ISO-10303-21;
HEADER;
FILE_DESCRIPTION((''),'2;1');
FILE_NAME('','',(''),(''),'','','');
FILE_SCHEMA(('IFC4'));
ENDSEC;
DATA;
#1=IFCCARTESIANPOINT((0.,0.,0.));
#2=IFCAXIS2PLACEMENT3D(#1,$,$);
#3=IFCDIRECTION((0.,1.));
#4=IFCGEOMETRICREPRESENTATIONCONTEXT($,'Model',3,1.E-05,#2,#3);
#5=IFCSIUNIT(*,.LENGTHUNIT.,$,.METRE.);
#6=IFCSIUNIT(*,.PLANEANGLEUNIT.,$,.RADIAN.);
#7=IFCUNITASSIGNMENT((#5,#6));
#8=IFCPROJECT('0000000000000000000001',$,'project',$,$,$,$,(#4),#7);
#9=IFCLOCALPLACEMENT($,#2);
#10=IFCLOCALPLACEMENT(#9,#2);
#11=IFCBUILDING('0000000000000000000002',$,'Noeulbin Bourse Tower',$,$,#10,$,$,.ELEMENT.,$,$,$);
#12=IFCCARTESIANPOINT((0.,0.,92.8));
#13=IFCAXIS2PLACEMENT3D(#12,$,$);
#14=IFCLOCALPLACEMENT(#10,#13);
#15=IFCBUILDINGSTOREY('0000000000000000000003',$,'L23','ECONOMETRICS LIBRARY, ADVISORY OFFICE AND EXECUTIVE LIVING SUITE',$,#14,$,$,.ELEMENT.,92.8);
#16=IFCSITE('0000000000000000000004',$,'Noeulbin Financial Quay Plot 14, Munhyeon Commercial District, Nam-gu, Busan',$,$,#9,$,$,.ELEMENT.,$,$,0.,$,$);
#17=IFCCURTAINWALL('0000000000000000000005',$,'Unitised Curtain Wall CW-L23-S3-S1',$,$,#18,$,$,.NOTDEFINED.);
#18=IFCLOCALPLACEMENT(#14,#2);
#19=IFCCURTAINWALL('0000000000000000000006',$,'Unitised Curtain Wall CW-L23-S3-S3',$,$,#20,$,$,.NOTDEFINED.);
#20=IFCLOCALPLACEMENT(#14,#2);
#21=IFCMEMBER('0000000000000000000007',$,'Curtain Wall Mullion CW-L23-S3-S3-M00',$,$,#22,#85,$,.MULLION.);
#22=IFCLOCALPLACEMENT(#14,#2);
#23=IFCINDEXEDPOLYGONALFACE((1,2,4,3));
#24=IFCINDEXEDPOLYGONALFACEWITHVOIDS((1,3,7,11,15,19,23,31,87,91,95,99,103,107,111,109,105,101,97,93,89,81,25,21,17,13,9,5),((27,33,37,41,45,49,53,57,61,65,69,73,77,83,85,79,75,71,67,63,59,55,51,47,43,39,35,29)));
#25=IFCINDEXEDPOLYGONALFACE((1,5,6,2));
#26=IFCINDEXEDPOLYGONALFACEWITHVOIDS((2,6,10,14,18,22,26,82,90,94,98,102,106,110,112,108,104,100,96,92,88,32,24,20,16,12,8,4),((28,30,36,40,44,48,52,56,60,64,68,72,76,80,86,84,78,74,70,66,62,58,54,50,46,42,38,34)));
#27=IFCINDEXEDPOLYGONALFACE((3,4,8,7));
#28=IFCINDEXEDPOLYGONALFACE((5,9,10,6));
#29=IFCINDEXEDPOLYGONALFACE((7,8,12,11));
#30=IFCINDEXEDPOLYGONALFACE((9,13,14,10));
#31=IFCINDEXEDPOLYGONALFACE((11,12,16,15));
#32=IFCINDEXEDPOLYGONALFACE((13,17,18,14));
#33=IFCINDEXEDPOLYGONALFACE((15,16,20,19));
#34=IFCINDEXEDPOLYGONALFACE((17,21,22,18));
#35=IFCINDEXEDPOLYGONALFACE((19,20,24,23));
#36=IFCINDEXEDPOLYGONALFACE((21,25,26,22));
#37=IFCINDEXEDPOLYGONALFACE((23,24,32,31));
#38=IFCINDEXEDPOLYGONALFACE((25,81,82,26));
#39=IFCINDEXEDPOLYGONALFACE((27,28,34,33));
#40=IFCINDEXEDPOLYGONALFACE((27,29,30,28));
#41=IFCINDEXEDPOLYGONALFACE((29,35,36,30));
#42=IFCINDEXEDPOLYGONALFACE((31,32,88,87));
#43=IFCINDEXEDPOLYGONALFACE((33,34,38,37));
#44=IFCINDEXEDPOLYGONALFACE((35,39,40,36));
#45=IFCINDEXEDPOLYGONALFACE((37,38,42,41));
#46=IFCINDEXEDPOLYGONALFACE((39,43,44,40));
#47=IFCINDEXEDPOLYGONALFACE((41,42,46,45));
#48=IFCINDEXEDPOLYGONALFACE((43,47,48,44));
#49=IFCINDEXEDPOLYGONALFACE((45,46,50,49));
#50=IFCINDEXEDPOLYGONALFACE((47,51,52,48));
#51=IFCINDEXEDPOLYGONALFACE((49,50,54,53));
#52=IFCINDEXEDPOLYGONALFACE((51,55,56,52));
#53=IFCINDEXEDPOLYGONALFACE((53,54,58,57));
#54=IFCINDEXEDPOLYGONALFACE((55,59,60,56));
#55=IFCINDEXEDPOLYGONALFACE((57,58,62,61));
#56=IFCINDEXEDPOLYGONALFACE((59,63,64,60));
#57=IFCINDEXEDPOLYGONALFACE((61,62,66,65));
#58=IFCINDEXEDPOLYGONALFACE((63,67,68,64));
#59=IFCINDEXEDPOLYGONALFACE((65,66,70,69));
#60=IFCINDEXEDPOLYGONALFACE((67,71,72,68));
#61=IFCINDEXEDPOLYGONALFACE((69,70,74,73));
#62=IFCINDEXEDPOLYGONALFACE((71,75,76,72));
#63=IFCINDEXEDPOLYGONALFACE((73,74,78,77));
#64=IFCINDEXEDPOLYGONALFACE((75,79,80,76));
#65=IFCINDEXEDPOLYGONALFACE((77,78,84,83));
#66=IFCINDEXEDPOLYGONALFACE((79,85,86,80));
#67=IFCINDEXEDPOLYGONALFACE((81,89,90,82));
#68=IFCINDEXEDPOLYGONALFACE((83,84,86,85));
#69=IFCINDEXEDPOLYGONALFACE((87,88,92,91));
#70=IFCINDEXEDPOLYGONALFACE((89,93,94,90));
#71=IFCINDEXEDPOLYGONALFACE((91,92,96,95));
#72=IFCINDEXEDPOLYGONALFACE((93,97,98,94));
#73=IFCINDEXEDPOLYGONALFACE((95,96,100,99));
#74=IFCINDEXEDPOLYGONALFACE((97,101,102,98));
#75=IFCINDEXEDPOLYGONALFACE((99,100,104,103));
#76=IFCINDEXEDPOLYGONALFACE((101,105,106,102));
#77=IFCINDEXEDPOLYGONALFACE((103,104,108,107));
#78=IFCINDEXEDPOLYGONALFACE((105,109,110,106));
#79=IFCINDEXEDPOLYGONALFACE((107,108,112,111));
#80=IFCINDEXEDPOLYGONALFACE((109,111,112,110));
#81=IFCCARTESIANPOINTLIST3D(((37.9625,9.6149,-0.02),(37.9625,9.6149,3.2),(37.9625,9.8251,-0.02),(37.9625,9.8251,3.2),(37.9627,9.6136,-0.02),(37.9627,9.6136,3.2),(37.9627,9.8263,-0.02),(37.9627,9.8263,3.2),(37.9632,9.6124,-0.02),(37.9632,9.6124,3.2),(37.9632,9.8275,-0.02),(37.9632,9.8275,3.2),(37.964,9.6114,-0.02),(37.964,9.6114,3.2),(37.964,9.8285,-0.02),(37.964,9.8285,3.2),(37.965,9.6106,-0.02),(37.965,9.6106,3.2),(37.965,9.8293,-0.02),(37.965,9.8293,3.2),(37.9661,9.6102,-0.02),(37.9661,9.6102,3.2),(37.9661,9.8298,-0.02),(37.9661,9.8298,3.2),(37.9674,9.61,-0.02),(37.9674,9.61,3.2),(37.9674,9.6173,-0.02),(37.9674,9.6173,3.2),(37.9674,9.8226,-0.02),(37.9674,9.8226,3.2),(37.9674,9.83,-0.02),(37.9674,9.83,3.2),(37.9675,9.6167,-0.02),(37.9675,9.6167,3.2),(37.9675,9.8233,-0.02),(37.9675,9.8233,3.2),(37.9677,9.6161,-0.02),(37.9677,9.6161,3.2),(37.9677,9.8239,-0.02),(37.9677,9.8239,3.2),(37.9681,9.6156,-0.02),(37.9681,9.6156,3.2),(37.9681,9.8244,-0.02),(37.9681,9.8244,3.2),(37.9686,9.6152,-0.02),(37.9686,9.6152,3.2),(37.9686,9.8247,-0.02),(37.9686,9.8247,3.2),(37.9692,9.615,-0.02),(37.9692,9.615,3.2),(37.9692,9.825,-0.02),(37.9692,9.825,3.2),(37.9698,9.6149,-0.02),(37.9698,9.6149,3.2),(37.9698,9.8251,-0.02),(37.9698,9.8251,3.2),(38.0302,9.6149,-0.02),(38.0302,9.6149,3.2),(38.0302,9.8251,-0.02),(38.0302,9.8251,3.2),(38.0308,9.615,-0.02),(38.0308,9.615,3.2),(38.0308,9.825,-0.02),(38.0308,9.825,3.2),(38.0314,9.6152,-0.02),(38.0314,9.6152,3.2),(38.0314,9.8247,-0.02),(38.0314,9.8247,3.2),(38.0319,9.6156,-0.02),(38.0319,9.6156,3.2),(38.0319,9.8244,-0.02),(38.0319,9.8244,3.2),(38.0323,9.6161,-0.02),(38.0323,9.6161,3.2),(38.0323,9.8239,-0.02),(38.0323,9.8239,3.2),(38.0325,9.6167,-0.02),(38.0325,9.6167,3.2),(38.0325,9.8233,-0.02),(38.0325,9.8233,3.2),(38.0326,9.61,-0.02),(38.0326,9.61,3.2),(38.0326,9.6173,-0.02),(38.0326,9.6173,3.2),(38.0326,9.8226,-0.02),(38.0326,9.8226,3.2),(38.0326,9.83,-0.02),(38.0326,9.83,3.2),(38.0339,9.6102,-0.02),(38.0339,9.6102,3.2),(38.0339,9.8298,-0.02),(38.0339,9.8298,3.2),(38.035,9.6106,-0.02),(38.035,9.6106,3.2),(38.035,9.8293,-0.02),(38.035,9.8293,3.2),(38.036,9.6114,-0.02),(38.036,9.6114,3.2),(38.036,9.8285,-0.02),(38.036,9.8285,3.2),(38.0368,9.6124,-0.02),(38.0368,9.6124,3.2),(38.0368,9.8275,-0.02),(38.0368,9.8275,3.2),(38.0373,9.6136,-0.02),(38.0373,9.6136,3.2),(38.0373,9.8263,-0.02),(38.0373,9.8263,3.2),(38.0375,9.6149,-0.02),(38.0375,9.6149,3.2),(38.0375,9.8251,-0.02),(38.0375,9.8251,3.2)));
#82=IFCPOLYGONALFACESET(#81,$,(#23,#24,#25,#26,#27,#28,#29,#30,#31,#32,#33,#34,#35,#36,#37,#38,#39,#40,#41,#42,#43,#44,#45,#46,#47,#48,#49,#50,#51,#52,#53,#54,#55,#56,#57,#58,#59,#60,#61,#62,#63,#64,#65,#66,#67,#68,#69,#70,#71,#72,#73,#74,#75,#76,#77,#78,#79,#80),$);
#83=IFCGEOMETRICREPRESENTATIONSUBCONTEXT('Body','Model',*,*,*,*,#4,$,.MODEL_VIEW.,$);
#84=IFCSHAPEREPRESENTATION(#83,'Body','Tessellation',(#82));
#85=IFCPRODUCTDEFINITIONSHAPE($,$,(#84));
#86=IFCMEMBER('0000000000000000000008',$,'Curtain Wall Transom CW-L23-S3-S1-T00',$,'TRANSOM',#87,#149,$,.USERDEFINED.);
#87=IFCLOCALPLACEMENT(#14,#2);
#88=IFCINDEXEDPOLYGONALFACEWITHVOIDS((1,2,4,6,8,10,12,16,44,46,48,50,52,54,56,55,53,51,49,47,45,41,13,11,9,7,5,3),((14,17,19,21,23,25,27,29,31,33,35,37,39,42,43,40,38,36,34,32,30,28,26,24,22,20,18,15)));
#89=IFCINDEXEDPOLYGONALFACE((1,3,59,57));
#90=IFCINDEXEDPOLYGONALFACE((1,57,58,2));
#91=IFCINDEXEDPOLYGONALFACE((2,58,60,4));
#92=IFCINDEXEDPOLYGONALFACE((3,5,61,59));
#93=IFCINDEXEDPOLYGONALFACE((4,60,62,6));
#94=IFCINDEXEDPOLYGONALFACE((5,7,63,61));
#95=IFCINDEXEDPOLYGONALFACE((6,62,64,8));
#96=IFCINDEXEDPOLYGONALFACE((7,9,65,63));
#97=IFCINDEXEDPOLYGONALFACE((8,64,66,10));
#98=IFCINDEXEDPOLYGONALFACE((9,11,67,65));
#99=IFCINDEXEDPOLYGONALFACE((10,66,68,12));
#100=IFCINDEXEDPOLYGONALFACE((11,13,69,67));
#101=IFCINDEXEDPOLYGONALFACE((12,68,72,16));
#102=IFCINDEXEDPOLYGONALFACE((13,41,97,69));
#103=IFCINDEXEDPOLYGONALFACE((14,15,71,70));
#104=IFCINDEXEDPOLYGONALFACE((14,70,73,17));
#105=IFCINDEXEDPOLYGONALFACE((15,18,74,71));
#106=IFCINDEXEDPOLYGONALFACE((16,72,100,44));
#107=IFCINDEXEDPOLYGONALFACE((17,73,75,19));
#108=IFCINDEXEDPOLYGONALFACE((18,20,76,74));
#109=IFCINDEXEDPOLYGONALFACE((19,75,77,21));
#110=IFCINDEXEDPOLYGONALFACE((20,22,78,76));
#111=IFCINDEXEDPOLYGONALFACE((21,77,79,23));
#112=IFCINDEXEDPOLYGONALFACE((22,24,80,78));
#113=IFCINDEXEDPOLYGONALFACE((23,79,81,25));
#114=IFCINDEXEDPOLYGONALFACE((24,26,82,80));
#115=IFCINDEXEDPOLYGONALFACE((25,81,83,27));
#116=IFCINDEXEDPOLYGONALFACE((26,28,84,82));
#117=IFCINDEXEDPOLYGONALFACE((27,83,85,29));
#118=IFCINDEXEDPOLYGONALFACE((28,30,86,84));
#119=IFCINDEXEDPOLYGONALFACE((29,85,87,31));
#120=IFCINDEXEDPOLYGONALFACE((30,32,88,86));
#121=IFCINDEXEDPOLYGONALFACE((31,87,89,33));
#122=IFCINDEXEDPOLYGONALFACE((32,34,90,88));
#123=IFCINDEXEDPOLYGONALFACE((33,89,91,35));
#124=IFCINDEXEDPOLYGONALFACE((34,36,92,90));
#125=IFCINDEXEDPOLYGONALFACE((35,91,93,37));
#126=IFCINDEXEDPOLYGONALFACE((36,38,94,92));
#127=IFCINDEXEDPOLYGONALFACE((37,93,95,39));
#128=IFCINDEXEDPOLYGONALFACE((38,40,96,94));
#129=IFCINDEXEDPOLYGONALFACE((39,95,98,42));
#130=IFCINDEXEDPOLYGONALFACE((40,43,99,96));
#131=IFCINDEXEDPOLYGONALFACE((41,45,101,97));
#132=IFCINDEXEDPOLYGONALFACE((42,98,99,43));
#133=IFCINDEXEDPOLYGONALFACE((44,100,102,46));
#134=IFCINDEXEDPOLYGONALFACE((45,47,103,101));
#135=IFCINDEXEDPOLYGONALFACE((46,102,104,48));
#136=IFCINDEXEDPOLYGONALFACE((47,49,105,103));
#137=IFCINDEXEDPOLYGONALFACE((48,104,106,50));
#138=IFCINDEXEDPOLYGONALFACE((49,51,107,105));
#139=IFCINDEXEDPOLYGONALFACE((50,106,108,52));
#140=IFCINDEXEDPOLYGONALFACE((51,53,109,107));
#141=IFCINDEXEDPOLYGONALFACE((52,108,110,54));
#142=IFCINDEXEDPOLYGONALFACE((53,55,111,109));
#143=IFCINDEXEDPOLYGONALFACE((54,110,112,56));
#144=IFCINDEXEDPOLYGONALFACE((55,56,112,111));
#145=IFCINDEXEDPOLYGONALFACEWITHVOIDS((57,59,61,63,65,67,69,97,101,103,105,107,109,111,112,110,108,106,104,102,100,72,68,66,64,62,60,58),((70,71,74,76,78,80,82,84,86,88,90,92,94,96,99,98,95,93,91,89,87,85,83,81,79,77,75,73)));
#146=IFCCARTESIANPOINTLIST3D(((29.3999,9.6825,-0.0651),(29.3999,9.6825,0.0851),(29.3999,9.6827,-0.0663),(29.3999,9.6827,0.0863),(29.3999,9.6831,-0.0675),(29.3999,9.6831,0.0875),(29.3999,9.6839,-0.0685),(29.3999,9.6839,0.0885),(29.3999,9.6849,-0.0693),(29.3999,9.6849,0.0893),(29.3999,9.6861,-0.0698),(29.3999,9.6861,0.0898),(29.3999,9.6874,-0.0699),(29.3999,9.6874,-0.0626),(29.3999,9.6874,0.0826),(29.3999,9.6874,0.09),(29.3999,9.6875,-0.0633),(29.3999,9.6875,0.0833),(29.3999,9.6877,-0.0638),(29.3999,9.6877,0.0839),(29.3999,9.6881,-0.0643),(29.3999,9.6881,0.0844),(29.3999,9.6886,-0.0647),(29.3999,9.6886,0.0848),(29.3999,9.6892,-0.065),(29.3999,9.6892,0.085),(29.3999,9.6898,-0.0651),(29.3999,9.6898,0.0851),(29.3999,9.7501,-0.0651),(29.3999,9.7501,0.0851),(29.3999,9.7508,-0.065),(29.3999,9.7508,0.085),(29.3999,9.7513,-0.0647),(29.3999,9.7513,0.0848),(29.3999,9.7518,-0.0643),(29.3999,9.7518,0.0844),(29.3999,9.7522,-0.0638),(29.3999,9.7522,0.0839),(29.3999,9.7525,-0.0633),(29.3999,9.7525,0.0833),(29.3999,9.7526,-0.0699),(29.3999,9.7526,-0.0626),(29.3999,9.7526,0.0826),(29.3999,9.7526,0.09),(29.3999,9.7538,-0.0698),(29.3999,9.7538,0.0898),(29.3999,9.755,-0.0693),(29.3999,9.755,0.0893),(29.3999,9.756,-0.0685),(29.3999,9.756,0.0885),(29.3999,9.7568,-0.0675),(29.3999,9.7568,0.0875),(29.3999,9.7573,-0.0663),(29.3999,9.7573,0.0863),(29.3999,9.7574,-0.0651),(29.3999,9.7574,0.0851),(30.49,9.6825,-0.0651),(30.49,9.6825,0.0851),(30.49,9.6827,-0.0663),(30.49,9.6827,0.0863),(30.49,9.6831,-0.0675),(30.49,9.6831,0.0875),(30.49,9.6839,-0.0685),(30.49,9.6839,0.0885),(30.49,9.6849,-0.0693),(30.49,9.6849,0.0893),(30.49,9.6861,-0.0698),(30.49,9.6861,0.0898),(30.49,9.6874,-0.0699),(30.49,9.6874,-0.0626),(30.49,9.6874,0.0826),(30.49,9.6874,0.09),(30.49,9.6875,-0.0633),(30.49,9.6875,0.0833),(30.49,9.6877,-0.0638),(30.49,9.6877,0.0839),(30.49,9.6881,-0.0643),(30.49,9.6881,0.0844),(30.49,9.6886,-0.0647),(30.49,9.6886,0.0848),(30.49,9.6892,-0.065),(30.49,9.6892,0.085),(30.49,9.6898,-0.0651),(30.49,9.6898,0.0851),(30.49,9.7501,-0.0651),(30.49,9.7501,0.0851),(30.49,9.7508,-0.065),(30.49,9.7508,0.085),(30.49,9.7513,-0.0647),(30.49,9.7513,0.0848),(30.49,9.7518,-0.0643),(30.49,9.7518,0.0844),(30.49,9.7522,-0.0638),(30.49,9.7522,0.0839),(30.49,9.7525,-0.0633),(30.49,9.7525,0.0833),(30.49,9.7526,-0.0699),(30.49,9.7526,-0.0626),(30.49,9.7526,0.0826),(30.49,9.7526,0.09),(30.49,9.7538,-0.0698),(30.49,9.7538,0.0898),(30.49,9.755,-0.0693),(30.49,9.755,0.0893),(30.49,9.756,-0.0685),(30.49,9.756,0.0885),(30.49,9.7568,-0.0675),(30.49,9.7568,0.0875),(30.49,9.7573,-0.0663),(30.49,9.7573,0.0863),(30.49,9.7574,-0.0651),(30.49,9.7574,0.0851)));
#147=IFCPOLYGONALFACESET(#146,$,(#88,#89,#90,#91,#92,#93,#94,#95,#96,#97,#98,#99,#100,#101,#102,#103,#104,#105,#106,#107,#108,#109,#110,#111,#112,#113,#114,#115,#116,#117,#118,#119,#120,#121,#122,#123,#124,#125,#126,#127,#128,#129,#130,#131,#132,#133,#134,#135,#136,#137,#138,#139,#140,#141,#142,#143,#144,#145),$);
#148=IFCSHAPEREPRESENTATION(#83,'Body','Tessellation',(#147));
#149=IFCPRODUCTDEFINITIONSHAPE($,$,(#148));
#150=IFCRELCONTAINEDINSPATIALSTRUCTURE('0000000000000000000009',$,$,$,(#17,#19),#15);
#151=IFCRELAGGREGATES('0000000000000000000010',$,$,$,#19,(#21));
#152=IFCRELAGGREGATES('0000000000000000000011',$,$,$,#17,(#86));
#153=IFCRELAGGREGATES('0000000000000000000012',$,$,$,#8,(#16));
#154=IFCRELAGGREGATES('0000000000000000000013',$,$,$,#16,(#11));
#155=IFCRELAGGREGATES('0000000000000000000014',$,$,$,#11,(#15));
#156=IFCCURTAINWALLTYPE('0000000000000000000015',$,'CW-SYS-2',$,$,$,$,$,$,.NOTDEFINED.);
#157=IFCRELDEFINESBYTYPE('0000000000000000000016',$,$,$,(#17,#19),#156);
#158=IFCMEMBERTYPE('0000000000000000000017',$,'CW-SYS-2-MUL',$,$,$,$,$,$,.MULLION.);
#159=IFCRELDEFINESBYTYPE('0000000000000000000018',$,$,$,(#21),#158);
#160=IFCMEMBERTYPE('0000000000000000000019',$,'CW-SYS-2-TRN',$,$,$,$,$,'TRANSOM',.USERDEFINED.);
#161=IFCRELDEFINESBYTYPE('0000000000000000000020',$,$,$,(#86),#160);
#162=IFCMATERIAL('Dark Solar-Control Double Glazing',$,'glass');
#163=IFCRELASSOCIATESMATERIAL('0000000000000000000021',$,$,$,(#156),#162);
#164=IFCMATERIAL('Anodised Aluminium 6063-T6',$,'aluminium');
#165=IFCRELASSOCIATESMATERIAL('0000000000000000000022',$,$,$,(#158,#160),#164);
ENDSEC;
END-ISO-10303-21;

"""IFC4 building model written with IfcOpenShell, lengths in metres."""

from ifc_helpers import new_model, si_unit, direction, frame, origin, origin_2d, place, context, subcontext, project, spatial, hollow_rectangle, extrude, material, material_profile, profile_set, type_object, element, aggregate, save


model = new_model("IFC4")

# Units and contexts
model_context = context("Model", 3, precision=1e-05, world=origin(), true_north=direction((0.0, 1.0)))
body_context = subcontext(model_context, "Body", "Model", "MODEL_VIEW")
ifc_project = project(units=[si_unit("LENGTHUNIT", "METRE"), si_unit("PLANEANGLEUNIT", "RADIAN")], contexts=[model_context])

# Site, building, storey
site_placement = place(None, origin())
site = spatial("IfcSite", under=ifc_project, at=site_placement, Name="Noeulbin Financial Quay Plot 14, Munhyeon Commercial District, Nam-gu, Busan", CompositionType="ELEMENT", RefElevation=0.0)
building_placement = place(site_placement, origin())
building = spatial("IfcBuilding", under=site, at=building_placement, Name="Noeulbin Bourse Tower", CompositionType="ELEMENT")
storey_placement = place(building_placement, frame((0.0, 0.0, 92.8)))
storey = spatial("IfcBuildingStorey", under=building, at=storey_placement, Name="L23", Description="ECONOMETRICS LIBRARY, ADVISORY OFFICE AND EXECUTIVE LIVING SUITE", CompositionType="ELEMENT", Elevation=92.8)

# Curtain wall
ifc_material_1 = material(Name="Dark Solar-Control Double Glazing", Category="glass")
curtain_wall_type = type_object("IfcCurtainWallType", Name="CW-SYS-2", PredefinedType="NOTDEFINED", material=ifc_material_1)
curtain_wall_1_placement = place(storey_placement, origin())
curtain_wall_1 = element("IfcCurtainWall", 1, at=curtain_wall_1_placement, inside=storey, type_object=curtain_wall_type, Name="Unitised Curtain Wall CW-L23-S3-S1", PredefinedType="NOTDEFINED")
ifc_material_2 = material(Name="Anodised Aluminium 6063-T6", Category="aluminium")
ifc_material_profile_1 = material_profile(ifc_material_2, hollow_rectangle(XDim=0.075, YDim=0.22, WallThickness=0.0049, InnerFilletRadius=0.0024, OuterFilletRadius=0.0049, at=origin_2d()), Name="ALU-MULL-75x220x5", Category="LoadBearing")
ifc_profile_set_1 = profile_set([ifc_material_profile_1], Name="Anodised Aluminium 6063-T6")
member_type_1 = type_object("IfcMemberType", Name="CW-SYS-2-MUL", PredefinedType="MULLION", material=ifc_profile_set_1)

# Curtain wall, member
curtain_wall_2_placement = place(storey_placement, origin())
curtain_wall_2 = element("IfcCurtainWall", 2, at=curtain_wall_2_placement, inside=storey, type_object=curtain_wall_type, Name="Unitised Curtain Wall CW-L23-S3-S3", PredefinedType="NOTDEFINED")
member_1_placement = place(storey_placement, frame((38.0, 9.72, -0.02), z_axis=(0.0, 0.0, 1.0), x_axis=(1.0, 0.0, 0.0)))
member_1 = element("IfcMember", 3, at=member_1_placement, type_object=member_type_1, Name="Curtain Wall Mullion CW-L23-S3-S3-M00", PredefinedType="MULLION", context=body_context, shape_type="SweptSolid", body=[
    extrude(hollow_rectangle(XDim=0.075, YDim=0.22, WallThickness=0.0049, InnerFilletRadius=0.0024, OuterFilletRadius=0.0049, at=origin_2d()), origin(), (0.0, 0.0, 1.0), 3.22),
])

# Member
ifc_material_profile_2 = material_profile(ifc_material_2, hollow_rectangle(XDim=0.075, YDim=0.1599, WallThickness=0.0049, InnerFilletRadius=0.0024, OuterFilletRadius=0.0049, at=origin_2d()), Name="ALU-TRAN-75x160x5", Category="LoadBearing")
ifc_profile_set_2 = profile_set([ifc_material_profile_2], Name="Anodised Aluminium 6063-T6")
member_type_2 = type_object("IfcMemberType", Name="CW-SYS-2-TRN", ElementType="TRANSOM", PredefinedType="USERDEFINED", material=ifc_profile_set_2)
member_2_placement = place(storey_placement, frame((29.3999, 9.72, 0.01), z_axis=(1.0, 0.0, 0.0), x_axis=(0.0, 1.0, 0.0)))
member_2 = element("IfcMember", 4, at=member_2_placement, type_object=member_type_2, Name="Curtain Wall Transom CW-L23-S3-S1-T00", ObjectType="TRANSOM", PredefinedType="USERDEFINED", context=body_context, shape_type="SweptSolid", body=[
    extrude(hollow_rectangle(XDim=0.075, YDim=0.1599, WallThickness=0.0049, InnerFilletRadius=0.0024, OuterFilletRadius=0.0049, at=origin_2d()), origin(), (0.0, 0.0, 1.0), 1.0901),
])
aggregate(curtain_wall_2, [member_1])

aggregate(curtain_wall_1, [member_2])

save(model, "model.ifc")
